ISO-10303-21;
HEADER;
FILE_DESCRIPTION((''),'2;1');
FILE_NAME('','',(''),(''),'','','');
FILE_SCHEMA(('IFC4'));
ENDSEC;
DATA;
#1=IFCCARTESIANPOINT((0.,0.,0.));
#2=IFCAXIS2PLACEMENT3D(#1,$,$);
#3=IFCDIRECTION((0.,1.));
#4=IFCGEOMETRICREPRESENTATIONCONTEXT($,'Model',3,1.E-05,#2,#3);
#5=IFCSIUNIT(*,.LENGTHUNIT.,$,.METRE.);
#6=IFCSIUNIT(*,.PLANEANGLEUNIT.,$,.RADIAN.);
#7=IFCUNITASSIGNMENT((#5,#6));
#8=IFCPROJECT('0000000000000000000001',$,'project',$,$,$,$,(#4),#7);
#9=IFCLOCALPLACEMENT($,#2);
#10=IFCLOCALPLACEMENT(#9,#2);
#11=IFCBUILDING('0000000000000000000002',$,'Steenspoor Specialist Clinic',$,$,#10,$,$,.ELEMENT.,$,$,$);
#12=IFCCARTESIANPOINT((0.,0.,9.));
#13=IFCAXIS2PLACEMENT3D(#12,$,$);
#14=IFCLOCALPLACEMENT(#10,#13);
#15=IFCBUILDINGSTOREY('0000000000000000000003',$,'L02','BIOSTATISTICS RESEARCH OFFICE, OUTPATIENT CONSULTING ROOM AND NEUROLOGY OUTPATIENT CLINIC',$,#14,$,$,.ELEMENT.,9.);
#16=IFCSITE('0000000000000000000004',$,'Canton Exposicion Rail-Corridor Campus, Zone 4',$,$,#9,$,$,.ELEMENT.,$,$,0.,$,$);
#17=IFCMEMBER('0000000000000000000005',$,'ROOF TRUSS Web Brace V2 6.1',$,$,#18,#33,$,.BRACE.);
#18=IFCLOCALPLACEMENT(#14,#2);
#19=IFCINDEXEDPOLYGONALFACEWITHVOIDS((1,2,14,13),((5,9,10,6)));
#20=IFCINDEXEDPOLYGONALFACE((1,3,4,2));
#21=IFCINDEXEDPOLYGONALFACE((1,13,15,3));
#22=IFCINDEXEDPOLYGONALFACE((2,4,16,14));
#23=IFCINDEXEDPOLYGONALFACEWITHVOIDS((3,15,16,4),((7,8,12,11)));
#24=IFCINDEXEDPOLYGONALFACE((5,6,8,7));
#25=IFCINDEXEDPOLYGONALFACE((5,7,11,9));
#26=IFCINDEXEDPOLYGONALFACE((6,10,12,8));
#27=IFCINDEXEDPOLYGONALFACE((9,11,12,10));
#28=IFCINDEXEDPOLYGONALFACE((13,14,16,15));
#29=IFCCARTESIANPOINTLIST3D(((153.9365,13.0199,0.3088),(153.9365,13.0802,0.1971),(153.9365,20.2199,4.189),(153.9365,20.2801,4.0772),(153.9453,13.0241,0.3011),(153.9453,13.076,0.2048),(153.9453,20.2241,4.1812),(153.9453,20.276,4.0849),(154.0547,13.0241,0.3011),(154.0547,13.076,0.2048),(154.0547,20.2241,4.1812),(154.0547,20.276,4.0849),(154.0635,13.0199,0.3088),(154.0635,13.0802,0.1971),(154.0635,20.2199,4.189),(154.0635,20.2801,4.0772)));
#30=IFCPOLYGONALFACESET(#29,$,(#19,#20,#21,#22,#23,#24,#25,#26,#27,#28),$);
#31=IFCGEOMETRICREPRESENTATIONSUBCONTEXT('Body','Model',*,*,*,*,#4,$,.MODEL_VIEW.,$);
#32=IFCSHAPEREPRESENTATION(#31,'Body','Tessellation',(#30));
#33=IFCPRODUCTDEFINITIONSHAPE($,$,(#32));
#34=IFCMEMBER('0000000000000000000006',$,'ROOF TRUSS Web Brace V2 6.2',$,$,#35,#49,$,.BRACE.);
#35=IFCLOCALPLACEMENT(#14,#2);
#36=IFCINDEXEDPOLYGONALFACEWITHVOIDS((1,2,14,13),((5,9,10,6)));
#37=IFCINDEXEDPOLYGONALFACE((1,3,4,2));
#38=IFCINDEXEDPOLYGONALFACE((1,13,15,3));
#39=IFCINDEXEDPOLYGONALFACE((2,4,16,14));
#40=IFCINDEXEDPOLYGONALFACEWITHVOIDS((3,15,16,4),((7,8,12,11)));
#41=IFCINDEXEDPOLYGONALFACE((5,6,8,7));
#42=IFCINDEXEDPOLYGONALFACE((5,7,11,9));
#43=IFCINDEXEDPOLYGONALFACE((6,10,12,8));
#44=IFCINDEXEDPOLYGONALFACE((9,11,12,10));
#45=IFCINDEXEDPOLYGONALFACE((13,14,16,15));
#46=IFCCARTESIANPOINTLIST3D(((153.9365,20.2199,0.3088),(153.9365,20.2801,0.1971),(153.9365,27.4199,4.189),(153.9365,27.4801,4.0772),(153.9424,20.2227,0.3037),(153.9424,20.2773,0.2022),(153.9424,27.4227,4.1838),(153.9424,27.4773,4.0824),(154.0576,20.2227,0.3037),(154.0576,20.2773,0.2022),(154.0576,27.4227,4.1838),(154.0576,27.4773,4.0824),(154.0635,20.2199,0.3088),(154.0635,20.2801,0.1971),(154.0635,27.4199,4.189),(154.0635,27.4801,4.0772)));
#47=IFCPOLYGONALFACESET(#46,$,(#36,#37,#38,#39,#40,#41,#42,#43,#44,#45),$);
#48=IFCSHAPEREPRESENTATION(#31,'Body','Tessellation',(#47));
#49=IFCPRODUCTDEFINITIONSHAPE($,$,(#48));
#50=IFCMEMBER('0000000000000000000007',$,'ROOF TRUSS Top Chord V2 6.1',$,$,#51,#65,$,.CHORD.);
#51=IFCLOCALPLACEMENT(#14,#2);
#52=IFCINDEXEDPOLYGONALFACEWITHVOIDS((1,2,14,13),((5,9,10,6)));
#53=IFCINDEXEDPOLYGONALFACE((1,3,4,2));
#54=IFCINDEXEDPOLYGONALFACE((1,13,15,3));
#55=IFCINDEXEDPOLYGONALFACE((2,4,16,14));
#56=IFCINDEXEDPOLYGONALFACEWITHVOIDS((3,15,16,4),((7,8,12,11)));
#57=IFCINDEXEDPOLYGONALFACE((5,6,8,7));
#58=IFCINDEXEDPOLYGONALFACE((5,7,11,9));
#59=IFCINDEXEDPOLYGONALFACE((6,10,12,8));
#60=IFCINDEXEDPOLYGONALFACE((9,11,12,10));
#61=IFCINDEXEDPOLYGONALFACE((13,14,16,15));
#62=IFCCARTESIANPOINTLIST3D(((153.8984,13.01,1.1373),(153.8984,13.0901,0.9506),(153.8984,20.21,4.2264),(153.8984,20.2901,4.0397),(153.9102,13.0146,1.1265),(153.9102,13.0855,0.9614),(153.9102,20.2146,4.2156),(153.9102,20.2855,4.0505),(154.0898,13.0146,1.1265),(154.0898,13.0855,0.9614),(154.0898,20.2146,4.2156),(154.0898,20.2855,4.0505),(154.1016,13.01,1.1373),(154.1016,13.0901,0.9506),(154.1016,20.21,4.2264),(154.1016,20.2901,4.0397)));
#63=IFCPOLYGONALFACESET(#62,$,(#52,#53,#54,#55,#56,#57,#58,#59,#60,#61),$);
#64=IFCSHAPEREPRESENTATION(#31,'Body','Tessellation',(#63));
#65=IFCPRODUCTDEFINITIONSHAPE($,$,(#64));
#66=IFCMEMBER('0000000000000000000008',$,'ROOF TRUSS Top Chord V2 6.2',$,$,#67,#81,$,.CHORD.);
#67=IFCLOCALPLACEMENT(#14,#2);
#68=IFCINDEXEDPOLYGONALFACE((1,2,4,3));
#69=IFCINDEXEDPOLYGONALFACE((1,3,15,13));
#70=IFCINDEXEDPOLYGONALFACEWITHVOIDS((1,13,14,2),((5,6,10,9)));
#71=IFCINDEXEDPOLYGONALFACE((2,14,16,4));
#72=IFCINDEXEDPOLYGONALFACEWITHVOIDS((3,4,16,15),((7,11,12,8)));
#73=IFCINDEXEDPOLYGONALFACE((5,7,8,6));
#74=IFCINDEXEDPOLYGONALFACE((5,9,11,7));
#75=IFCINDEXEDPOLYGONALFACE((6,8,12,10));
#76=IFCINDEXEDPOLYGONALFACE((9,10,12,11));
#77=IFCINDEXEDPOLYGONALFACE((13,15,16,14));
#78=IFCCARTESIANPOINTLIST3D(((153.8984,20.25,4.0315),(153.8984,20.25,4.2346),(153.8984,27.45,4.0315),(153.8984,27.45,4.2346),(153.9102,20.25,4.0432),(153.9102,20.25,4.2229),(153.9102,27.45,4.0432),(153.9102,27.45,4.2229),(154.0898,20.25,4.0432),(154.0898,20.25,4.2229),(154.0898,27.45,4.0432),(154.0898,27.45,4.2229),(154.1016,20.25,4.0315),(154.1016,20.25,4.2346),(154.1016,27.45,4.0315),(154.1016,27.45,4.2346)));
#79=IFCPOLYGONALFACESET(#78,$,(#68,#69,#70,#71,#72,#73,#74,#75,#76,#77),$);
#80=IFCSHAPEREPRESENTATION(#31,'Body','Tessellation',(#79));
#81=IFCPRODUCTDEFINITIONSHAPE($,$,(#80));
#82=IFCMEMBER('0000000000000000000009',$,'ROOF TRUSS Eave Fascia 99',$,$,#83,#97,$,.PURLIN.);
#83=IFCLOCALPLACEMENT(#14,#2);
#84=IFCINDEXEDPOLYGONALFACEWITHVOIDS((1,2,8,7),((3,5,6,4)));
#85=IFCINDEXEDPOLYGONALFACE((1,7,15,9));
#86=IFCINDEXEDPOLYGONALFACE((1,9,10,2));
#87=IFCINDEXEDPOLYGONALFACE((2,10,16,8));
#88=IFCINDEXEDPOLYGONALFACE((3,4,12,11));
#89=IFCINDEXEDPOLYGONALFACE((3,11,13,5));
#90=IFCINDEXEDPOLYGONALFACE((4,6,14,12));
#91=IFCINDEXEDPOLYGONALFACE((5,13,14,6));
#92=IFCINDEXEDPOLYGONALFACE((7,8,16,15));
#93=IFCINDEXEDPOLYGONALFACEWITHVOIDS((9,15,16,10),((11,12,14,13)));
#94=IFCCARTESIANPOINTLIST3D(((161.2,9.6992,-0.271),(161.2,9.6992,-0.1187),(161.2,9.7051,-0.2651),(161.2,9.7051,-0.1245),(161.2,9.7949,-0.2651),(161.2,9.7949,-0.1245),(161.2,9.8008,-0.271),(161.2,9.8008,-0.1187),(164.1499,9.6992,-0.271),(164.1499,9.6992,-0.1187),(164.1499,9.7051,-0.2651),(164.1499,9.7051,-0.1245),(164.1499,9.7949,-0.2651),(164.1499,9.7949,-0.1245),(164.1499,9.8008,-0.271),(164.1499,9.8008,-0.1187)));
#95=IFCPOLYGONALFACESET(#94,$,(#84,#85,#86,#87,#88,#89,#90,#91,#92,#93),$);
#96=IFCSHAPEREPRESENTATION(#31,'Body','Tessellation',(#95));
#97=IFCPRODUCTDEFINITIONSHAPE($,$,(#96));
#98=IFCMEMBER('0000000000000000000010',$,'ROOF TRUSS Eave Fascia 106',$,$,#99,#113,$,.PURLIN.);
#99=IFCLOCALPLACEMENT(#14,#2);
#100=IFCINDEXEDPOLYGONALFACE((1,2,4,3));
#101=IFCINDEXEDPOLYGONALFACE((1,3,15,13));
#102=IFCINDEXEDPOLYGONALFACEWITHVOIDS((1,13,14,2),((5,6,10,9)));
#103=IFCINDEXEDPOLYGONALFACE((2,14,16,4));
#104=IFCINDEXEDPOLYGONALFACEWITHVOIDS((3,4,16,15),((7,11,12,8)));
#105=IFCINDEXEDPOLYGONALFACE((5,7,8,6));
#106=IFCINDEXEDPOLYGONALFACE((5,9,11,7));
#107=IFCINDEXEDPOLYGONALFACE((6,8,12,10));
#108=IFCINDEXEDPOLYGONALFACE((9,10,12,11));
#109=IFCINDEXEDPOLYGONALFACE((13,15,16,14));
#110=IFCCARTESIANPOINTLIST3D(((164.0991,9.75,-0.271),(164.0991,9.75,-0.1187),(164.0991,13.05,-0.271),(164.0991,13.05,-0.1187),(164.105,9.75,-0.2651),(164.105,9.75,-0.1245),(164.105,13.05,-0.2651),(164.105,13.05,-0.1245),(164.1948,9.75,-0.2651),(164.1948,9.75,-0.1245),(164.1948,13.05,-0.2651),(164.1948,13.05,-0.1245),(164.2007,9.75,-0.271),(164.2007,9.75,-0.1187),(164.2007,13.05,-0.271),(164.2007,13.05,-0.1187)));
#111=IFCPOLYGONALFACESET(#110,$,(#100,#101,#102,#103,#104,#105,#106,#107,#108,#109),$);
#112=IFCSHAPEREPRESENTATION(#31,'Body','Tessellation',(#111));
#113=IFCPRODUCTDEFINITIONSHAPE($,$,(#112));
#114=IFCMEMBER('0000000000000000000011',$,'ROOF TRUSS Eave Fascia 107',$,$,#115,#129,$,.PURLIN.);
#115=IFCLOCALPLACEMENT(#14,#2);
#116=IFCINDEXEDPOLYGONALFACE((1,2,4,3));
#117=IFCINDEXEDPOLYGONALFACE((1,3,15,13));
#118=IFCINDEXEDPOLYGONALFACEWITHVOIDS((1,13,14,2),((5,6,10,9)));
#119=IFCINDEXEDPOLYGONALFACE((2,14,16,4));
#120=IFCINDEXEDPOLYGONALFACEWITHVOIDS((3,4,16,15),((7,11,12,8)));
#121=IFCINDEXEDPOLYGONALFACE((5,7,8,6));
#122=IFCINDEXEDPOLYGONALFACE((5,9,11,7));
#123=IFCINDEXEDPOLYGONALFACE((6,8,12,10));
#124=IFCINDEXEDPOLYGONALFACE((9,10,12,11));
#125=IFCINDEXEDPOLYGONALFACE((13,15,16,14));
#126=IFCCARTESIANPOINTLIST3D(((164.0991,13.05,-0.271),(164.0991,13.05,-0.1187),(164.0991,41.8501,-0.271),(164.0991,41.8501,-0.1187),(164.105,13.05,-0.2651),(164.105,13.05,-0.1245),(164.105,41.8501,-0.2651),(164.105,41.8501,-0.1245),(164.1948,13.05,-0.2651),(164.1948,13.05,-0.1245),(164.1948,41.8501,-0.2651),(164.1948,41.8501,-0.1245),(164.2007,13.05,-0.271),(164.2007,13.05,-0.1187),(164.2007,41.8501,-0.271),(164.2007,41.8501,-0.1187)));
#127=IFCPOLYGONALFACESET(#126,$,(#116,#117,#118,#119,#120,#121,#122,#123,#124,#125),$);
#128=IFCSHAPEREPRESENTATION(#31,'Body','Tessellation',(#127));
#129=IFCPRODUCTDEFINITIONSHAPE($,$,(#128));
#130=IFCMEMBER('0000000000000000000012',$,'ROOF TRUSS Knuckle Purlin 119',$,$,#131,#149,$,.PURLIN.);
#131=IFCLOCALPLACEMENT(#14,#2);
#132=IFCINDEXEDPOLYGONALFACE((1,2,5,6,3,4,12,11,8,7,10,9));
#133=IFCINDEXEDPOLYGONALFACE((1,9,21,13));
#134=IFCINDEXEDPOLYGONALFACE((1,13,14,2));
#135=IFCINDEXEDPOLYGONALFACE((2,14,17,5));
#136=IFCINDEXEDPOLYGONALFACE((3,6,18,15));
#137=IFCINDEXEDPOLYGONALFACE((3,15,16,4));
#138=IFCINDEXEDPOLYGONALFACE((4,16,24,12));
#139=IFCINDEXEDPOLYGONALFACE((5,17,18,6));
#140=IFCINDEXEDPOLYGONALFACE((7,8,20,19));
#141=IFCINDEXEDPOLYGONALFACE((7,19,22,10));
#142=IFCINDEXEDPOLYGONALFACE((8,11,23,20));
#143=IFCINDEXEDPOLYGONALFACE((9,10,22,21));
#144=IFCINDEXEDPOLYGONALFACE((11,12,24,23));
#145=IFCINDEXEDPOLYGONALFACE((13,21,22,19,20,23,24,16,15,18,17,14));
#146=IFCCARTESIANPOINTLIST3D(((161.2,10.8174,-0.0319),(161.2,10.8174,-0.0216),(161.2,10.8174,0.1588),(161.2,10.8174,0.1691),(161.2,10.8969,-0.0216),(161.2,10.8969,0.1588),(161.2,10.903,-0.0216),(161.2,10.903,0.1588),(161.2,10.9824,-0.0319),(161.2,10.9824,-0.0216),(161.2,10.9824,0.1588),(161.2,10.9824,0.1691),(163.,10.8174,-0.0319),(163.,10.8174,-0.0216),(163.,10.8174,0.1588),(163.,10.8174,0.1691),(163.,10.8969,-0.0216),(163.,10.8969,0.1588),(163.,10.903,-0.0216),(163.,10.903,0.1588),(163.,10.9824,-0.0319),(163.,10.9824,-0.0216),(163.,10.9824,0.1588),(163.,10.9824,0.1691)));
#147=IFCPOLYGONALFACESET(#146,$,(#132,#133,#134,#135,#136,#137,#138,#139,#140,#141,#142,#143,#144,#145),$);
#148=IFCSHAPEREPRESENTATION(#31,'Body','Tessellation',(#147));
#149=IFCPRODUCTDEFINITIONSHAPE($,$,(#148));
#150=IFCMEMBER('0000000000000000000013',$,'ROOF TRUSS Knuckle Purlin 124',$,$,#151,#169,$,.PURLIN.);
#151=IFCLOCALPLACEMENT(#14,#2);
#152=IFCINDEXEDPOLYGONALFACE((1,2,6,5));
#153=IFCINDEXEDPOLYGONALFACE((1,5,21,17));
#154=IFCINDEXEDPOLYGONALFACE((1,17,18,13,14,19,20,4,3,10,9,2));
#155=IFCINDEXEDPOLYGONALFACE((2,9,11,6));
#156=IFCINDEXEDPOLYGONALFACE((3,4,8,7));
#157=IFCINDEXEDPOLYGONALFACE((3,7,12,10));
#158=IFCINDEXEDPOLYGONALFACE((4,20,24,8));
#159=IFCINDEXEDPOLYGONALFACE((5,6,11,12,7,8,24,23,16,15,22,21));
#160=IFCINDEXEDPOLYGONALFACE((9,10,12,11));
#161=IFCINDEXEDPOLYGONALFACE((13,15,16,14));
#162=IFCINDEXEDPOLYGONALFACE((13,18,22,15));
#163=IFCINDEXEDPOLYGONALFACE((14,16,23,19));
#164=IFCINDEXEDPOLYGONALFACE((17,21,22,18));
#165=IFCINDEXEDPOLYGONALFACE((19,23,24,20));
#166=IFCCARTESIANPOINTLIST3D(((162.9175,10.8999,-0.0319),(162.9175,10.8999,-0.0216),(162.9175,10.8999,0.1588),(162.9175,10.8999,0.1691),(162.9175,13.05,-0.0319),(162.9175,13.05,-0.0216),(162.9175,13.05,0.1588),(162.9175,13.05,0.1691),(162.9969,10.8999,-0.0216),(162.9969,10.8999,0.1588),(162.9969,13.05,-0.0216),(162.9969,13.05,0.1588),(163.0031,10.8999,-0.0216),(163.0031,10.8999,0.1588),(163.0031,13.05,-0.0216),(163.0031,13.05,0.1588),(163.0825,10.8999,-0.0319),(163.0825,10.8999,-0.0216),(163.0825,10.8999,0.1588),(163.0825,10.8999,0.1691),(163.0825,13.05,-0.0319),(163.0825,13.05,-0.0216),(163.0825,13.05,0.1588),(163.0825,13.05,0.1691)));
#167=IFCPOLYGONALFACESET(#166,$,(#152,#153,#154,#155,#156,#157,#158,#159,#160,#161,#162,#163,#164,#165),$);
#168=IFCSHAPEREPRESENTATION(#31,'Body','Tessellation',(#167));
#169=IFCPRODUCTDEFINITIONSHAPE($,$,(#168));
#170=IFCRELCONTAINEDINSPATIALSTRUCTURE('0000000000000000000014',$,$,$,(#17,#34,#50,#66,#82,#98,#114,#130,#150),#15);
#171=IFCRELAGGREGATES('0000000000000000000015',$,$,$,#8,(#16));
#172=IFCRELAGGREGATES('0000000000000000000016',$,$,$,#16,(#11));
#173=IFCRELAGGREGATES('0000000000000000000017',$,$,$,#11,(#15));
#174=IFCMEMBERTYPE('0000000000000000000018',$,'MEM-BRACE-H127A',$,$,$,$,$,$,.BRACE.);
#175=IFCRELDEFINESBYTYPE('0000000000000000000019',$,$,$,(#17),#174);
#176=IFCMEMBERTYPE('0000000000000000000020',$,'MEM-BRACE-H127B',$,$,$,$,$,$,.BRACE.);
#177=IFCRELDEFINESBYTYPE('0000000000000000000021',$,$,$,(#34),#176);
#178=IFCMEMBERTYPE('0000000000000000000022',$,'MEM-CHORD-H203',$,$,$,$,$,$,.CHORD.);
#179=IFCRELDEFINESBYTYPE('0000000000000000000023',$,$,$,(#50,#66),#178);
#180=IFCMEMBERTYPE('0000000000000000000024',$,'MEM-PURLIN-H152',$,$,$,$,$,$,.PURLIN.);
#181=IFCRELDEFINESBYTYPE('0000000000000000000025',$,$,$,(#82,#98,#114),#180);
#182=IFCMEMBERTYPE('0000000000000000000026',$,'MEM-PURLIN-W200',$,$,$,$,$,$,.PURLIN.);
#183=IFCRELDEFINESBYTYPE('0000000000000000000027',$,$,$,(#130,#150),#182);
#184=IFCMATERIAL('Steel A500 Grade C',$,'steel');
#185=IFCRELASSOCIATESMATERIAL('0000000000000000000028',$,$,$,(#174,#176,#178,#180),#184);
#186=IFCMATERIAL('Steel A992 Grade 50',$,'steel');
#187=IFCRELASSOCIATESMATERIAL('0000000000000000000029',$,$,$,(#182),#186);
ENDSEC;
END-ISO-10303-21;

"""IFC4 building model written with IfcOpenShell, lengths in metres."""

from ifc_helpers import new_model, si_unit, direction, frame, origin, origin_2d, place, context, subcontext, project, spatial, hollow_rectangle, i_section, extrude, material, material_profile, profile_set, type_object, element, save


model = new_model("IFC4")

# Units and contexts
model_context = context("Model", 3, precision=1e-05, world=origin(), true_north=direction((0.0, 1.0)))
body_context = subcontext(model_context, "Body", "Model", "MODEL_VIEW")
ifc_project = project(units=[si_unit("LENGTHUNIT", "METRE"), si_unit("PLANEANGLEUNIT", "RADIAN")], contexts=[model_context])

# Site, building, storey
site_placement = place(None, origin())
site = spatial("IfcSite", under=ifc_project, at=site_placement, Name="Canton Exposicion Rail-Corridor Campus, Zone 4", CompositionType="ELEMENT", RefElevation=0.0)
building_placement = place(site_placement, origin())
building = spatial("IfcBuilding", under=site, at=building_placement, Name="Steenspoor Specialist Clinic", CompositionType="ELEMENT")
storey_placement = place(building_placement, frame((0.0, 0.0, 9.0)))
storey = spatial("IfcBuildingStorey", under=building, at=storey_placement, Name="L02", Description="BIOSTATISTICS RESEARCH OFFICE, OUTPATIENT CONSULTING ROOM AND NEUROLOGY OUTPATIENT CLINIC", CompositionType="ELEMENT", Elevation=9.0)

# Members
ifc_material_1 = material(Name="Steel A500 Grade C", Category="steel")
ifc_material_profile_1 = material_profile(ifc_material_1, hollow_rectangle(XDim=0.127, YDim=0.127, WallThickness=0.0088, at=origin_2d()), Name="HSS127X127X9.5")
ifc_profile_set_1 = profile_set([ifc_material_profile_1], Name="Steel A500 Grade C")
member_type_1 = type_object("IfcMemberType", Name="MEM-BRACE-H127A", PredefinedType="BRACE", material=ifc_profile_set_1)
member_1_placement = place(storey_placement, frame((154.0, 13.05, 0.2529), z_axis=(0.0, 0.880306, 0.474406), x_axis=(-1.0, 0.0, 0.0)))
element("IfcMember", 1, at=member_1_placement, inside=storey, type_object=member_type_1, Name="ROOF TRUSS Web Brace V2 6.1", PredefinedType="BRACE", context=body_context, shape_type="SweptSolid", body=[
    extrude(hollow_rectangle(XDim=0.127, YDim=0.127, WallThickness=0.0088, at=origin_2d()), origin(), (0.0, 0.0, 1.0), 8.179),
])
ifc_material_profile_2 = material_profile(ifc_material_1, hollow_rectangle(XDim=0.127, YDim=0.127, WallThickness=0.0059, at=origin_2d()), Name="HSS127X127X6.4")
ifc_profile_set_2 = profile_set([ifc_material_profile_2], Name="Steel A500 Grade C")
member_type_2 = type_object("IfcMemberType", Name="MEM-BRACE-H127B", PredefinedType="BRACE", material=ifc_profile_set_2)
member_2_placement = place(storey_placement, frame((154.0, 20.25, 0.2529), z_axis=(0.0, 0.880306, 0.474406), x_axis=(-1.0, 0.0, 0.0)))
element("IfcMember", 2, at=member_2_placement, inside=storey, type_object=member_type_2, Name="ROOF TRUSS Web Brace V2 6.2", PredefinedType="BRACE", context=body_context, shape_type="SweptSolid", body=[
    extrude(hollow_rectangle(XDim=0.127, YDim=0.127, WallThickness=0.0059, at=origin_2d()), origin(), (0.0, 0.0, 1.0), 8.179),
])
ifc_material_profile_3 = material_profile(ifc_material_1, hollow_rectangle(XDim=0.2031, YDim=0.2031, WallThickness=0.0117, at=origin_2d()), Name="HSS203X203X12.7")
ifc_profile_set_3 = profile_set([ifc_material_profile_3], Name="Steel A500 Grade C")
member_type_3 = type_object("IfcMemberType", Name="MEM-CHORD-H203", PredefinedType="CHORD", material=ifc_profile_set_3)
member_3_placement = place(storey_placement, frame((154.0, 13.05, 1.0439), z_axis=(0.0, 0.918987, 0.394288), x_axis=(-1.0, 0.0, 0.0)))
element("IfcMember", 3, at=member_3_placement, inside=storey, type_object=member_type_3, Name="ROOF TRUSS Top Chord V2 6.1", PredefinedType="CHORD", context=body_context, shape_type="SweptSolid", body=[
    extrude(hollow_rectangle(XDim=0.2031, YDim=0.2031, WallThickness=0.0117, at=origin_2d()), origin(), (0.0, 0.0, 1.0), 7.8347),
])
member_4_placement = place(storey_placement, frame((154.0, 20.25, 4.1331), z_axis=(0.0, 1.0, 0.0), x_axis=(-1.0, 0.0, 0.0)))
element("IfcMember", 4, at=member_4_placement, inside=storey, type_object=member_type_3, Name="ROOF TRUSS Top Chord V2 6.2", PredefinedType="CHORD", context=body_context, shape_type="SweptSolid", body=[
    extrude(hollow_rectangle(XDim=0.2031, YDim=0.2031, WallThickness=0.0117, at=origin_2d()), origin(), (0.0, 0.0, 1.0), 7.2),
])
ifc_material_profile_4 = material_profile(ifc_material_1, hollow_rectangle(XDim=0.1016, YDim=0.1523, WallThickness=0.0059, at=origin_2d()), Name="HSS152X102X6.4")
ifc_profile_set_4 = profile_set([ifc_material_profile_4], Name="Steel A500 Grade C")
member_type_4 = type_object("IfcMemberType", Name="MEM-PURLIN-H152", PredefinedType="PURLIN", material=ifc_profile_set_4)
member_5_placement = place(storey_placement, frame((161.2, 9.75, -0.1948), z_axis=(1.0, 0.0, 0.0), x_axis=(0.0, 1.0, 0.0)))
element("IfcMember", 5, at=member_5_placement, inside=storey, type_object=member_type_4, Name="ROOF TRUSS Eave Fascia 99", PredefinedType="PURLIN", context=body_context, shape_type="SweptSolid", body=[
    extrude(hollow_rectangle(XDim=0.1016, YDim=0.1523, WallThickness=0.0059, at=origin_2d()), origin(), (0.0, 0.0, 1.0), 2.95),
])
member_6_placement = place(storey_placement, frame((164.1499, 9.75, -0.1948), z_axis=(0.0, 1.0, 0.0), x_axis=(-1.0, 0.0, 0.0)))
element("IfcMember", 6, at=member_6_placement, inside=storey, type_object=member_type_4, Name="ROOF TRUSS Eave Fascia 106", PredefinedType="PURLIN", context=body_context, shape_type="SweptSolid", body=[
    extrude(hollow_rectangle(XDim=0.1016, YDim=0.1523, WallThickness=0.0059, at=origin_2d()), origin(), (0.0, 0.0, 1.0), 3.3),
])
member_7_placement = place(storey_placement, frame((164.1499, 13.05, -0.1948), z_axis=(0.0, 1.0, 0.0), x_axis=(-1.0, 0.0, 0.0)))
element("IfcMember", 7, at=member_7_placement, inside=storey, type_object=member_type_4, Name="ROOF TRUSS Eave Fascia 107", PredefinedType="PURLIN", context=body_context, shape_type="SweptSolid", body=[
    extrude(hollow_rectangle(XDim=0.1016, YDim=0.1523, WallThickness=0.0059, at=origin_2d()), origin(), (0.0, 0.0, 1.0), 28.8),
])
ifc_material_2 = material(Name="Steel A992 Grade 50", Category="steel")
ifc_material_profile_5 = material_profile(ifc_material_2, i_section(OverallWidth=0.165, OverallDepth=0.2009, WebThickness=0.0061, FlangeThickness=0.0103, at=origin_2d()), Name="W200X36")
ifc_profile_set_5 = profile_set([ifc_material_profile_5], Name="Steel A992 Grade 50")
member_type_5 = type_object("IfcMemberType", Name="MEM-PURLIN-W200", PredefinedType="PURLIN", material=ifc_profile_set_5)
member_8_placement = place(storey_placement, frame((161.2, 10.8999, 0.0686), z_axis=(1.0, 0.0, 0.0), x_axis=(0.0, 1.0, 0.0)))
element("IfcMember", 8, at=member_8_placement, inside=storey, type_object=member_type_5, Name="ROOF TRUSS Knuckle Purlin 119", PredefinedType="PURLIN", context=body_context, shape_type="SweptSolid", body=[
    extrude(i_section(OverallWidth=0.165, OverallDepth=0.2009, WebThickness=0.0061, FlangeThickness=0.0103, at=origin_2d()), origin(), (0.0, 0.0, 1.0), 1.8),
])
member_9_placement = place(storey_placement, frame((163.0, 10.8999, 0.0686), z_axis=(0.0, 1.0, 0.0), x_axis=(-1.0, 0.0, 0.0)))
element("IfcMember", 9, at=member_9_placement, inside=storey, type_object=member_type_5, Name="ROOF TRUSS Knuckle Purlin 124", PredefinedType="PURLIN", context=body_context, shape_type="SweptSolid", body=[
    extrude(i_section(OverallWidth=0.165, OverallDepth=0.2009, WebThickness=0.0061, FlangeThickness=0.0103, at=origin_2d()), origin(), (0.0, 0.0, 1.0), 2.1501),
])

save(model, "model.ifc")
